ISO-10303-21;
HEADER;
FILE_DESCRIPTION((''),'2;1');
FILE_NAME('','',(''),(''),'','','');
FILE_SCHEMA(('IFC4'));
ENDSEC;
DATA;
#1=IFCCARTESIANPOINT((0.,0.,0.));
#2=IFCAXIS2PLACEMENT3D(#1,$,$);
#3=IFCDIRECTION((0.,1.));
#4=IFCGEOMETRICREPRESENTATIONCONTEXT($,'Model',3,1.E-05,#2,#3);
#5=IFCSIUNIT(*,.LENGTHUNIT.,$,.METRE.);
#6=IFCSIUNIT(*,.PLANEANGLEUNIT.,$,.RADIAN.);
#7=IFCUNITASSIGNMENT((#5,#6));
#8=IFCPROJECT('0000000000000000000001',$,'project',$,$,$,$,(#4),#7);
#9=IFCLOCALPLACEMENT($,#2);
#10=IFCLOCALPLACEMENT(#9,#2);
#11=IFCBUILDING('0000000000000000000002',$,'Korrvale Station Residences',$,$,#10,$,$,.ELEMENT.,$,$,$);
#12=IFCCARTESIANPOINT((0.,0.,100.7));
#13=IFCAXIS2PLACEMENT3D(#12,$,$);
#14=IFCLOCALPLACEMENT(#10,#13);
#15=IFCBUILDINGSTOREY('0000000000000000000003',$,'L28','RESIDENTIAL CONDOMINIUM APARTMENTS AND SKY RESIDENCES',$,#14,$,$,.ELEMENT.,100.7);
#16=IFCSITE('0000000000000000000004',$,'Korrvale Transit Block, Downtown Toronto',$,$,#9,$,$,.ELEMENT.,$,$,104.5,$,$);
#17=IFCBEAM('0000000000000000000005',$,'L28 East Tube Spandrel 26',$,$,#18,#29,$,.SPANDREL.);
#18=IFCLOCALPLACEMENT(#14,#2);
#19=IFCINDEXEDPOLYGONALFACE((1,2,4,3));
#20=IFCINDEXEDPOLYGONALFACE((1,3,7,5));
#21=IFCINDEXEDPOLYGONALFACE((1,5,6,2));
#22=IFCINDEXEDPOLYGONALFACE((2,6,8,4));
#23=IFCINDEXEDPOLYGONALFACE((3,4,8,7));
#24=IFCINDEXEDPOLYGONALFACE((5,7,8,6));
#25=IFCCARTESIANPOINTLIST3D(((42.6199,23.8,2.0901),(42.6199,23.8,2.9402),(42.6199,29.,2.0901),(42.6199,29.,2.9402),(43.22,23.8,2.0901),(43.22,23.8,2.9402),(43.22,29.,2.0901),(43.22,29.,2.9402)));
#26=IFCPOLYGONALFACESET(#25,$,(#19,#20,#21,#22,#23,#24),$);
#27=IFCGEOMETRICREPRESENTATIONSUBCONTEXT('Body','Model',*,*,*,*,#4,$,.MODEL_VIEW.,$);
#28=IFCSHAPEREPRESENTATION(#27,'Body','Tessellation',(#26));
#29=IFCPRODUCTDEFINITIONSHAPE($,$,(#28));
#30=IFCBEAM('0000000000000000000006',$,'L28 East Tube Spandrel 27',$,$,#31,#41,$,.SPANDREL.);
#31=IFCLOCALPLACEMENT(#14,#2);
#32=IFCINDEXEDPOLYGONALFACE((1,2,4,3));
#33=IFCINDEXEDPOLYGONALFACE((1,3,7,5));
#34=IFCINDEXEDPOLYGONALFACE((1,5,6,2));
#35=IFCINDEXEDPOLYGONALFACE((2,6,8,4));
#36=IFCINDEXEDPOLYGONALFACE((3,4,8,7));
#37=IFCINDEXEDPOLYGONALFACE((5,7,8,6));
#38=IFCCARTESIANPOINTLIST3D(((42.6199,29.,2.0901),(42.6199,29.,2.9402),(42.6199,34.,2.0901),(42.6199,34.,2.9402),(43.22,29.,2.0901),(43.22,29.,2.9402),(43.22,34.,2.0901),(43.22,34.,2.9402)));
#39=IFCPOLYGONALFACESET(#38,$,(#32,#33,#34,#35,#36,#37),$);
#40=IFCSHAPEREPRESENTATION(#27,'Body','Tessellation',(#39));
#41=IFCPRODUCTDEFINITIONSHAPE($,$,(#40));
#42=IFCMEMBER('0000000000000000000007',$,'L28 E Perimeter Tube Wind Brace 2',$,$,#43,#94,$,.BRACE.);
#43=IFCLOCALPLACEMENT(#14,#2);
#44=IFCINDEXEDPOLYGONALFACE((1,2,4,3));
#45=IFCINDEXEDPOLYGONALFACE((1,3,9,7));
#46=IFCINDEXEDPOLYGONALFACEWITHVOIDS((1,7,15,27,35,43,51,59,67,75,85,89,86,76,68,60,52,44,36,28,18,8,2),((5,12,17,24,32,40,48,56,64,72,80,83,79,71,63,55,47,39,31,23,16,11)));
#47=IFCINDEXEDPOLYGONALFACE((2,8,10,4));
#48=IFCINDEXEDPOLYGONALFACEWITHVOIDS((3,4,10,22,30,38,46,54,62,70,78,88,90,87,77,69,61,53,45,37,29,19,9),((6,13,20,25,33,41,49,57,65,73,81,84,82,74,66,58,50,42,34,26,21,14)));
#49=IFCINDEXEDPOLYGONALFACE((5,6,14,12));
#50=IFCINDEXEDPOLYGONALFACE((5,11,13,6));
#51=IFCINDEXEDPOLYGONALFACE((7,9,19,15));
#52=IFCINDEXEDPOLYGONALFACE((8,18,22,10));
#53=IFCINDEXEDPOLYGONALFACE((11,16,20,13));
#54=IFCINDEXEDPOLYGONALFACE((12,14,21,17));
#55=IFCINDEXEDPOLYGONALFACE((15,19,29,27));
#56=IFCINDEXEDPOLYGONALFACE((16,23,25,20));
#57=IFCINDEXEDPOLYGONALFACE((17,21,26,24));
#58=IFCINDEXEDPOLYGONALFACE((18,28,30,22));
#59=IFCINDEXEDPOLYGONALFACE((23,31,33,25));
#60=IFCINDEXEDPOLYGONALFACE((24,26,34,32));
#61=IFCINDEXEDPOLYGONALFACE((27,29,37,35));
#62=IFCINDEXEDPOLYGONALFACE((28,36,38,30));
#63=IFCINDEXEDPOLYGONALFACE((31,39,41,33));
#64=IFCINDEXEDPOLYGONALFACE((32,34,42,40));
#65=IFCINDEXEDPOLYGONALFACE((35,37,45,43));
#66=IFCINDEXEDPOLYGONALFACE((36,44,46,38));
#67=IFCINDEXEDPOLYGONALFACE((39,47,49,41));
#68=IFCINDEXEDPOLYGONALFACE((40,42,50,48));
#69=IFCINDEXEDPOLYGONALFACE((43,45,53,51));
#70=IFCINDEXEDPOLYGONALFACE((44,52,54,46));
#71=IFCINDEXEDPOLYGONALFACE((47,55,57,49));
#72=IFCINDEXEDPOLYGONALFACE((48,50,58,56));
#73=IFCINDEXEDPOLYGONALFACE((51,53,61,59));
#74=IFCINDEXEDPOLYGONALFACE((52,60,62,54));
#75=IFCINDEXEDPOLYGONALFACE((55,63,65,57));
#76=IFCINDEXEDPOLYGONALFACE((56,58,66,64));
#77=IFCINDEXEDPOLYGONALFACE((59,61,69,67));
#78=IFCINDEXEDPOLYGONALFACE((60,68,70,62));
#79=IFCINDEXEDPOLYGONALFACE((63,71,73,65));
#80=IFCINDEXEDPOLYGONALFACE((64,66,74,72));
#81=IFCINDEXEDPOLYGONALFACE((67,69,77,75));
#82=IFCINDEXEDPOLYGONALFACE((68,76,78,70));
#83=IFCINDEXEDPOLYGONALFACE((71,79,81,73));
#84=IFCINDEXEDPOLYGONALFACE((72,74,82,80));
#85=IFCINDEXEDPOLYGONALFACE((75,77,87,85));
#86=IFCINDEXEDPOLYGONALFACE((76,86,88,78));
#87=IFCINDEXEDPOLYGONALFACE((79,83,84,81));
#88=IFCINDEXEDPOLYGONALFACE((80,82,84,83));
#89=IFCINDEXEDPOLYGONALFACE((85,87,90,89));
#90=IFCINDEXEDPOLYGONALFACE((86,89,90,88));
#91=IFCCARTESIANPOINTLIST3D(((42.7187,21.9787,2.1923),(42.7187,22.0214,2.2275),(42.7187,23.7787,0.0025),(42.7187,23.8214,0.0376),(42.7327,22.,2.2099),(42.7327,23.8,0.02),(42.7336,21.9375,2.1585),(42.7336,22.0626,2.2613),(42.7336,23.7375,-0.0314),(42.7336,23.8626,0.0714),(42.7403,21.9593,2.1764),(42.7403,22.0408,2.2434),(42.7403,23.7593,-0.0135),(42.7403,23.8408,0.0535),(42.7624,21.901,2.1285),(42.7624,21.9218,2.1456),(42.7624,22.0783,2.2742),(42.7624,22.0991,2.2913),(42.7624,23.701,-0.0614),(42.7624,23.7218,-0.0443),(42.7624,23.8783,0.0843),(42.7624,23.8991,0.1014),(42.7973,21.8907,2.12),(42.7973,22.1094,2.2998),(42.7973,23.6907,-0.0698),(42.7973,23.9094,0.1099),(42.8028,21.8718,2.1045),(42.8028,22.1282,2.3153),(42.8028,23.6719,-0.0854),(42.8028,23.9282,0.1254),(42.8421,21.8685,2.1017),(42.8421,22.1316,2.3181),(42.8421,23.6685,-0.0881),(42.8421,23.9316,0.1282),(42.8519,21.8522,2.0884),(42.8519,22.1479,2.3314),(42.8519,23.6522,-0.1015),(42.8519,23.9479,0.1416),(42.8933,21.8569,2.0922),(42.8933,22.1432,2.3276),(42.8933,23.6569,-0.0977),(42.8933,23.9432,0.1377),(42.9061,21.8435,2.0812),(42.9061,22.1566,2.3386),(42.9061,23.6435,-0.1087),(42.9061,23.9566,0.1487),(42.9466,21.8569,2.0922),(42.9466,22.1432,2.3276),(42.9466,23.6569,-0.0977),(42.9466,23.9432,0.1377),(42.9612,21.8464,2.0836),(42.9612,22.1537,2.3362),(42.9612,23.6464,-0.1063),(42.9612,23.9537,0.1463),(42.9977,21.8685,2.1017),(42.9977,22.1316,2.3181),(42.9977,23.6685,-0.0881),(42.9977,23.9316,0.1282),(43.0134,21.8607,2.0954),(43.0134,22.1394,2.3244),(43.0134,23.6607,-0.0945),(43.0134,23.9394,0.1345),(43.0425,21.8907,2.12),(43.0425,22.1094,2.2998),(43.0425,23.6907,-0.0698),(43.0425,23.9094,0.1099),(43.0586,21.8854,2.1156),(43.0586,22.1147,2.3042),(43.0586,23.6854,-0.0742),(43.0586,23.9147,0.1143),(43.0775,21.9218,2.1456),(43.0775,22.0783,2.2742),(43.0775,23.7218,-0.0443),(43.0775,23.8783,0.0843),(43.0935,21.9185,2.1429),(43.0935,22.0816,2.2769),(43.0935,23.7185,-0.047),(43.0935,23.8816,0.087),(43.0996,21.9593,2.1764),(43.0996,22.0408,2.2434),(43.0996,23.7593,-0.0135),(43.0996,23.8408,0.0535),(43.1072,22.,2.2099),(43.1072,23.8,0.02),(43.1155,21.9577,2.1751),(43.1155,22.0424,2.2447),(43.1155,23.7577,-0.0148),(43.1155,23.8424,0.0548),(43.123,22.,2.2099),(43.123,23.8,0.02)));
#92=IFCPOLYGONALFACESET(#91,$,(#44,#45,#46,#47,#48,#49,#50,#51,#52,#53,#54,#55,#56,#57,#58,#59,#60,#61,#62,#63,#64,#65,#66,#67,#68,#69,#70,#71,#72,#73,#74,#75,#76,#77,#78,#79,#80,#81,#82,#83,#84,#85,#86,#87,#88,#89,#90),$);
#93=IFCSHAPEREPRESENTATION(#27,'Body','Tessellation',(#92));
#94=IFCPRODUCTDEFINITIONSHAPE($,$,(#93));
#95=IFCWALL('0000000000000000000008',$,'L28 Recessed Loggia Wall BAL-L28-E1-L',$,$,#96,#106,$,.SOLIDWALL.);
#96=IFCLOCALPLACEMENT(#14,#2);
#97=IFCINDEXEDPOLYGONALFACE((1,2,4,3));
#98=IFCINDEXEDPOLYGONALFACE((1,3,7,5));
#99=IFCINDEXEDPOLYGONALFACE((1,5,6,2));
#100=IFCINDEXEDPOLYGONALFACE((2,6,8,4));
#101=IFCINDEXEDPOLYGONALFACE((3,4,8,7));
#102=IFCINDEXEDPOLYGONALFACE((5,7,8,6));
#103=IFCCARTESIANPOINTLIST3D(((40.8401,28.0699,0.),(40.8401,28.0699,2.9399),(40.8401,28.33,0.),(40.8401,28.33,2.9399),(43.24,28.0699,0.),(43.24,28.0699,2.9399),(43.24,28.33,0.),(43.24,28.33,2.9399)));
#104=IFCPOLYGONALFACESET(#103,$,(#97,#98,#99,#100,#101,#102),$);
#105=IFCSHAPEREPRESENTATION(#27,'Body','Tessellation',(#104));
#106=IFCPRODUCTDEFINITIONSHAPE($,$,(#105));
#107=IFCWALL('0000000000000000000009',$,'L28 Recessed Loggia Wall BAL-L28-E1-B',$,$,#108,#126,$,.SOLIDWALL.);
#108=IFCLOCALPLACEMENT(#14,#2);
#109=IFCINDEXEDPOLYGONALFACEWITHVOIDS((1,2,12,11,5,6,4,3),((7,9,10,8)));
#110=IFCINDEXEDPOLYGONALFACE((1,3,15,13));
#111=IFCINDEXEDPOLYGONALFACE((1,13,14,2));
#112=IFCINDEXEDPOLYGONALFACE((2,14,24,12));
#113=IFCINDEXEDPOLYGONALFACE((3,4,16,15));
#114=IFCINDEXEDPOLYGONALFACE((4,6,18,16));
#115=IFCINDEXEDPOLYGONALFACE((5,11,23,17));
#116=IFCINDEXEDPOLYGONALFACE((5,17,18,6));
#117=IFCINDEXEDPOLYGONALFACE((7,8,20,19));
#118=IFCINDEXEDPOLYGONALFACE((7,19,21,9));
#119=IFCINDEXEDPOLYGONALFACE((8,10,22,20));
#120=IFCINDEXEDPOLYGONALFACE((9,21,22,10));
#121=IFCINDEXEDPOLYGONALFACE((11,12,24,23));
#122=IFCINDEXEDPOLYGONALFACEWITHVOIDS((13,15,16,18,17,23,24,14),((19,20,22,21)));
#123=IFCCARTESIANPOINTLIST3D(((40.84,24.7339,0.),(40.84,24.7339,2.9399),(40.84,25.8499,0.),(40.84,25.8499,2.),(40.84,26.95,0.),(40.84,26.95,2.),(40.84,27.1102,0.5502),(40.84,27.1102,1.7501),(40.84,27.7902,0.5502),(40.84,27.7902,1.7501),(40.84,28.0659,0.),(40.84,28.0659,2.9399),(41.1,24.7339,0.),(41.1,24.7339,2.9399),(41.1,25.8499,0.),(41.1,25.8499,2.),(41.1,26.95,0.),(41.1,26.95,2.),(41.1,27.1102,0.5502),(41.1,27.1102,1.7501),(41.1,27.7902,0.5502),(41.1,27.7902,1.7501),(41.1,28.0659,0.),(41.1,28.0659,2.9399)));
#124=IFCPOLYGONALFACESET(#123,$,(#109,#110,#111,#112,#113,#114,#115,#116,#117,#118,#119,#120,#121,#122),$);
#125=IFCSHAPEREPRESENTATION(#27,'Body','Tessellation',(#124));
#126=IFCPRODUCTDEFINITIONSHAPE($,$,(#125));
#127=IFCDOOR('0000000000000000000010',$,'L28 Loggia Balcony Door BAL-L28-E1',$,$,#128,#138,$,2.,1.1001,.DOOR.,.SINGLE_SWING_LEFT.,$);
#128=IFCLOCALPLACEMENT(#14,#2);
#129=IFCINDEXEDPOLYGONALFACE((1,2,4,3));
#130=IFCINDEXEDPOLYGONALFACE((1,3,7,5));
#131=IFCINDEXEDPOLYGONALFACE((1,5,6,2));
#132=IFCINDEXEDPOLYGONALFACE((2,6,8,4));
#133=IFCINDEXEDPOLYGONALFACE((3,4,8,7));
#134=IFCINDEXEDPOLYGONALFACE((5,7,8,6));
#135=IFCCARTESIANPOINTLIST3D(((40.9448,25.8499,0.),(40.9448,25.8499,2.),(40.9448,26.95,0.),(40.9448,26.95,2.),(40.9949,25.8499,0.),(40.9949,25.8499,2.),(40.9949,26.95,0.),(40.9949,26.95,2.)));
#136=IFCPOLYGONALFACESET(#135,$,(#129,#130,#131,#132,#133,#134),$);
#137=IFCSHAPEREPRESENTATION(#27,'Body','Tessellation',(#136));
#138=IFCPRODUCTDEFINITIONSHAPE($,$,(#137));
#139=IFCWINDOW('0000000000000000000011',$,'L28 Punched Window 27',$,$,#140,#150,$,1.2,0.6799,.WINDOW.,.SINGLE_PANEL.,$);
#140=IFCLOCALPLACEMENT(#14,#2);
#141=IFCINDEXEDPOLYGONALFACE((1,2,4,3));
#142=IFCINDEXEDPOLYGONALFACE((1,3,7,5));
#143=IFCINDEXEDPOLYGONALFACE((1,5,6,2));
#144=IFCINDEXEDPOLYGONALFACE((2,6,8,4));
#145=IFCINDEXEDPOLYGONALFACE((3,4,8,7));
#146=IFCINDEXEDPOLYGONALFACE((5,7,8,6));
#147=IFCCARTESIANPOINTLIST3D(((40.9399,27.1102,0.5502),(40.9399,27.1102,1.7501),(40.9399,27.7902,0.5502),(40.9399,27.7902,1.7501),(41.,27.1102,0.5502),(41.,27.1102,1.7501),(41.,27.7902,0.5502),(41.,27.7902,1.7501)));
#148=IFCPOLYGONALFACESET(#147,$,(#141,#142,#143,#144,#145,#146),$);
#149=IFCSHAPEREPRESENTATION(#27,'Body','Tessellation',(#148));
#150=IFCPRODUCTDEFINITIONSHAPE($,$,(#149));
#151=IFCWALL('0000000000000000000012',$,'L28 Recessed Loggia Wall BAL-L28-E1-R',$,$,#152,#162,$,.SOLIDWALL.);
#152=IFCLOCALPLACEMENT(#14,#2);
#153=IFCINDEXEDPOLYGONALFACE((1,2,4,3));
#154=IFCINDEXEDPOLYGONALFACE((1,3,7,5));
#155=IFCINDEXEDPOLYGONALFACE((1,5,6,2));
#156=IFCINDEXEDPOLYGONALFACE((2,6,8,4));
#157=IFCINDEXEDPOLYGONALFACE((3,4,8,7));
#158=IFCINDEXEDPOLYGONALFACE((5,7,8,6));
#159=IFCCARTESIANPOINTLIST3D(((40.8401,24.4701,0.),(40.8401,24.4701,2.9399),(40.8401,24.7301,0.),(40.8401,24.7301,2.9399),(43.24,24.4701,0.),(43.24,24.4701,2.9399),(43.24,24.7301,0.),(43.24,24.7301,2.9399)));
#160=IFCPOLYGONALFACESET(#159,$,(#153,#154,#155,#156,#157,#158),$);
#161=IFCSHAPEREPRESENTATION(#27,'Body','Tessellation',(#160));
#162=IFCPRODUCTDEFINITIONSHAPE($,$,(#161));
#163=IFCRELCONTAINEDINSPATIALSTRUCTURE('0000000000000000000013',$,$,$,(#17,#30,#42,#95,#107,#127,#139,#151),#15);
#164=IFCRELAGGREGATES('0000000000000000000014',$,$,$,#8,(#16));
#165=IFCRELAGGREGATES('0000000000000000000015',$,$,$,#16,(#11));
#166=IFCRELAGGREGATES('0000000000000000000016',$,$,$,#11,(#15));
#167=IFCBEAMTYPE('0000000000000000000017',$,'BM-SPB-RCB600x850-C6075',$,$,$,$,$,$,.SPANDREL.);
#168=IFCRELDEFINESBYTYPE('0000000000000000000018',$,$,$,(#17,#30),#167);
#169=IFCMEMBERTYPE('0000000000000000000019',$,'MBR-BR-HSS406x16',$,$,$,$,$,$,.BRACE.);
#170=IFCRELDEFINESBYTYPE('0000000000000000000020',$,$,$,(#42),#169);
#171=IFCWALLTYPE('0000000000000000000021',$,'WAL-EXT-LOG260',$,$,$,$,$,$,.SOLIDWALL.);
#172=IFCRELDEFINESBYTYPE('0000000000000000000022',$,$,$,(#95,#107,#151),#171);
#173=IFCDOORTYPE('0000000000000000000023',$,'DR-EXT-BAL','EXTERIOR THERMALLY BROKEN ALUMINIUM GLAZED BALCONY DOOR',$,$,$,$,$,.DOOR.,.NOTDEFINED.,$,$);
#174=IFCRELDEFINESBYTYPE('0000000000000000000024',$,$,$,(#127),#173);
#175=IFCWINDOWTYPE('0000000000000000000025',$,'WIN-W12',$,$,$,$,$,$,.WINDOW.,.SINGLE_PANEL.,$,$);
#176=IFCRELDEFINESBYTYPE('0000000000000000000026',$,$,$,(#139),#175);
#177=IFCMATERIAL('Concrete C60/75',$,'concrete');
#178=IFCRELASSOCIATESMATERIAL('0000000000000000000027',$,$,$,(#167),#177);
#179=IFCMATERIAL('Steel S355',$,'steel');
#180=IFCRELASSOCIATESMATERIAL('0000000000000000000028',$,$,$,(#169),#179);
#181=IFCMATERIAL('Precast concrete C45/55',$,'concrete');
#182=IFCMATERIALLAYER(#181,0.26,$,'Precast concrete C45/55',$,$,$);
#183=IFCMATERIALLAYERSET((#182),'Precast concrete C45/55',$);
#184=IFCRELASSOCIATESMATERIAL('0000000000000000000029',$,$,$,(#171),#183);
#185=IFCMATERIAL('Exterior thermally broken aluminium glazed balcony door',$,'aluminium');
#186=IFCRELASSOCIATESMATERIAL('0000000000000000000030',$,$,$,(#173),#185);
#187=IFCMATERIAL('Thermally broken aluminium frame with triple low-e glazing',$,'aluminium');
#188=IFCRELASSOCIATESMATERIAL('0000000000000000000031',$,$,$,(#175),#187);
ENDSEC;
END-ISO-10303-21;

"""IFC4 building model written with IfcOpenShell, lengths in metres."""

from ifc_helpers import new_model, si_unit, direction, frame, frame_2d, origin, origin_2d, place, context, subcontext, project, spatial, rectangle, hollow_circle, extrude, material, layer, layer_set, material_profile, profile_set, type_object, element, fill, save


model = new_model("IFC4")

# Units and contexts
model_context = context("Model", 3, precision=1e-05, world=origin(), true_north=direction((0.0, 1.0)))
body_context = subcontext(model_context, "Body", "Model", "MODEL_VIEW")
ifc_project = project(units=[si_unit("LENGTHUNIT", "METRE"), si_unit("PLANEANGLEUNIT", "RADIAN")], contexts=[model_context])

# Site, building, storey
site_placement = place(None, origin())
site = spatial("IfcSite", under=ifc_project, at=site_placement, Name="Korrvale Transit Block, Downtown Toronto", CompositionType="ELEMENT", RefElevation=104.5)
building_placement = place(site_placement, origin())
building = spatial("IfcBuilding", under=site, at=building_placement, Name="Korrvale Station Residences", CompositionType="ELEMENT")
storey_placement = place(building_placement, frame((0.0, 0.0, 100.7)))
storey = spatial("IfcBuildingStorey", under=building, at=storey_placement, Name="L28", Description="RESIDENTIAL CONDOMINIUM APARTMENTS AND SKY RESIDENCES", CompositionType="ELEMENT", Elevation=100.7)

# Shared definitions
ifc_material_1 = material(Name="Concrete C60/75", Category="concrete")

# Beams
ifc_material_2 = material(Name="Steel S355", Category="steel")
ifc_material_profile_1 = material_profile(ifc_material_1, rectangle(XDim=0.6001, YDim=0.8501, at=origin_2d()), Name="RCB600x850")
ifc_profile_set_1 = profile_set([ifc_material_profile_1], Name="Concrete C60/75")
beam_type_1 = type_object("IfcBeamType", Name="BM-SPB-RCB600x850-C6075", PredefinedType="SPANDREL", material=ifc_profile_set_1)
beam_1_placement = place(storey_placement, frame((42.9199, 23.8, 2.5151), z_axis=(0.0, 1.0, 0.0), x_axis=(-1.0, 0.0, 0.0)))
element("IfcBeam", 1, at=beam_1_placement, inside=storey, type_object=beam_type_1, Name="L28 East Tube Spandrel 26", PredefinedType="SPANDREL", context=body_context, shape_type="SweptSolid", body=[
    extrude(rectangle(XDim=0.6001, YDim=0.8501, at=origin_2d()), origin(), (0.0, 0.0, 1.0), 5.2),
])
beam_2_placement = place(storey_placement, frame((42.9199, 29.0, 2.5151), z_axis=(0.0, 1.0, 0.0), x_axis=(-1.0, 0.0, 0.0)))
element("IfcBeam", 2, at=beam_2_placement, inside=storey, type_object=beam_type_1, Name="L28 East Tube Spandrel 27", PredefinedType="SPANDREL", context=body_context, shape_type="SweptSolid", body=[
    extrude(rectangle(XDim=0.6001, YDim=0.8501, at=origin_2d()), origin(), (0.0, 0.0, 1.0), 5.0),
])

# Member
ifc_material_profile_2 = material_profile(ifc_material_2, hollow_circle(Radius=0.2031, WallThickness=0.0159, at=origin_2d()), Name="HSS406x16")
ifc_profile_set_2 = profile_set([ifc_material_profile_2], Name="Steel S355")
member_type = type_object("IfcMemberType", Name="MBR-BR-HSS406x16", PredefinedType="BRACE", material=ifc_profile_set_2)
member_placement = place(storey_placement, frame((42.9199, 23.8, 0.02), z_axis=(0.0, -0.634985, 0.772524), x_axis=(1.0, 0.0, 0.0)))
element("IfcMember", 3, at=member_placement, inside=storey, type_object=member_type, Name="L28 E Perimeter Tube Wind Brace 2", PredefinedType="BRACE", context=body_context, shape_type="SweptSolid", body=[
    extrude(hollow_circle(Radius=0.2031, WallThickness=0.0159, at=origin_2d()), origin(), (0.0, 0.0, 1.0), 2.8347),
])

# Wall
ifc_material_3 = material(Name="Precast concrete C45/55", Category="concrete")
ifc_layer_1 = layer(ifc_material_3, 0.26, Name="Precast concrete C45/55")
ifc_layer_set_1 = layer_set([ifc_layer_1], Name="Precast concrete C45/55")
wall_type_1 = type_object("IfcWallType", Name="WAL-EXT-LOG260", PredefinedType="SOLIDWALL", material=ifc_layer_set_1)
wall_1_placement = place(storey_placement, frame((43.24, 28.2, 0.0), z_axis=(0.0, 0.0, 1.0), x_axis=(-1.0, 0.0, 0.0)))
element("IfcWall", 4, at=wall_1_placement, inside=storey, type_object=wall_type_1, Name="L28 Recessed Loggia Wall BAL-L28-E1-L", PredefinedType="SOLIDWALL", context=body_context, shape_type="SweptSolid", body=[
    extrude(rectangle(XDim=2.3999, YDim=0.26, at=frame_2d((1.2, 0.0))), origin(), (0.0, 0.0, 1.0), 2.9399),
])

# Wall, openings, door, window
wall_2_placement = place(storey_placement, frame((40.97, 28.0659, 0.0), z_axis=(0.0, 0.0, 1.0), x_axis=(0.0, -1.0, 0.0)))
wall_2 = element("IfcWall", 5, at=wall_2_placement, inside=storey, type_object=wall_type_1, Name="L28 Recessed Loggia Wall BAL-L28-E1-B", PredefinedType="SOLIDWALL", context=body_context, shape_type="SweptSolid", body=[
    extrude(rectangle(XDim=3.332, YDim=0.26, at=frame_2d((1.666, 0.0))), origin(), (0.0, 0.0, 1.0), 2.9399),
])
opening_1_placement = place(wall_2_placement, frame((1.116, 0.0, 0.0)))
opening_1 = element("IfcOpeningElement", 6, at=opening_1_placement, cuts=wall_2, PredefinedType="OPENING", context=body_context, shape_type="SweptSolid", body=[
    extrude(rectangle(XDim=1.1001, YDim=2.0, at=frame_2d((0.55, 1.0))), frame((0.0, 0.1401, 0.0), z_axis=(0.0, -1.0, 0.0), x_axis=(1.0, 0.0, 0.0)), (0.0, 0.0, 1.0), 0.28),
])
opening_2_placement = place(wall_2_placement, frame((0.2759, 0.0, 0.55)))
opening_2 = element("IfcOpeningElement", 7, at=opening_2_placement, cuts=wall_2, PredefinedType="OPENING", context=body_context, shape_type="SweptSolid", body=[
    extrude(rectangle(XDim=0.6799, YDim=1.2, at=frame_2d((0.3398, 0.6001))), frame((0.0, 0.1401, 0.0), z_axis=(0.0, -1.0, 0.0), x_axis=(1.0, 0.0, 0.0)), (0.0, 0.0, 1.0), 0.28),
])
ifc_material_4 = material(Name="Exterior thermally broken aluminium glazed balcony door", Category="aluminium")
door_type_1 = type_object("IfcDoorType", Name="DR-EXT-BAL", Description="EXTERIOR THERMALLY BROKEN ALUMINIUM GLAZED BALCONY DOOR", OperationType="NOTDEFINED", PredefinedType="DOOR", material=ifc_material_4)
door_1_placement = place(opening_1_placement, origin())
door_1 = element("IfcDoor", 8, at=door_1_placement, inside=storey, type_object=door_type_1, Name="L28 Loggia Balcony Door BAL-L28-E1", OperationType="SINGLE_SWING_LEFT", OverallHeight=2.0, OverallWidth=1.1001, PredefinedType="DOOR", context=body_context, shape_type="SweptSolid", body=[
    extrude(rectangle(XDim=1.1001, YDim=2.0, at=frame_2d((0.55, 1.0))), frame((0.0, 0.0249, 0.0), z_axis=(0.0, -1.0, 0.0), x_axis=(1.0, 0.0, 0.0)), (0.0, 0.0, 1.0), 0.05),
])
fill(opening_1, door_1)
ifc_material_5 = material(Name="Thermally broken aluminium frame with triple low-e glazing", Category="aluminium")
window_type_1 = type_object("IfcWindowType", Name="WIN-W12", PartitioningType="SINGLE_PANEL", PredefinedType="WINDOW", material=ifc_material_5)
window_1_placement = place(opening_2_placement, origin())
window_1 = element("IfcWindow", 9, at=window_1_placement, inside=storey, type_object=window_type_1, Name="L28 Punched Window 27", OverallHeight=1.2, OverallWidth=0.6799, PartitioningType="SINGLE_PANEL", PredefinedType="WINDOW", context=body_context, shape_type="SweptSolid", body=[
    extrude(rectangle(XDim=0.6799, YDim=1.2, at=frame_2d((0.3398, 0.6001))), frame((0.0, 0.03, 0.0), z_axis=(0.0, -1.0, 0.0), x_axis=(1.0, 0.0, 0.0)), (0.0, 0.0, 1.0), 0.0601),
])
fill(opening_2, window_1)

# Wall
wall_3_placement = place(storey_placement, frame((40.8401, 24.6001, 0.0), z_axis=(0.0, 0.0, 1.0), x_axis=(1.0, 0.0, 0.0)))
element("IfcWall", 10, at=wall_3_placement, inside=storey, type_object=wall_type_1, Name="L28 Recessed Loggia Wall BAL-L28-E1-R", PredefinedType="SOLIDWALL", context=body_context, shape_type="SweptSolid", body=[
    extrude(rectangle(XDim=2.3999, YDim=0.26, at=frame_2d((1.2, 0.0))), origin(), (0.0, 0.0, 1.0), 2.9399),
])

save(model, "model.ifc")
